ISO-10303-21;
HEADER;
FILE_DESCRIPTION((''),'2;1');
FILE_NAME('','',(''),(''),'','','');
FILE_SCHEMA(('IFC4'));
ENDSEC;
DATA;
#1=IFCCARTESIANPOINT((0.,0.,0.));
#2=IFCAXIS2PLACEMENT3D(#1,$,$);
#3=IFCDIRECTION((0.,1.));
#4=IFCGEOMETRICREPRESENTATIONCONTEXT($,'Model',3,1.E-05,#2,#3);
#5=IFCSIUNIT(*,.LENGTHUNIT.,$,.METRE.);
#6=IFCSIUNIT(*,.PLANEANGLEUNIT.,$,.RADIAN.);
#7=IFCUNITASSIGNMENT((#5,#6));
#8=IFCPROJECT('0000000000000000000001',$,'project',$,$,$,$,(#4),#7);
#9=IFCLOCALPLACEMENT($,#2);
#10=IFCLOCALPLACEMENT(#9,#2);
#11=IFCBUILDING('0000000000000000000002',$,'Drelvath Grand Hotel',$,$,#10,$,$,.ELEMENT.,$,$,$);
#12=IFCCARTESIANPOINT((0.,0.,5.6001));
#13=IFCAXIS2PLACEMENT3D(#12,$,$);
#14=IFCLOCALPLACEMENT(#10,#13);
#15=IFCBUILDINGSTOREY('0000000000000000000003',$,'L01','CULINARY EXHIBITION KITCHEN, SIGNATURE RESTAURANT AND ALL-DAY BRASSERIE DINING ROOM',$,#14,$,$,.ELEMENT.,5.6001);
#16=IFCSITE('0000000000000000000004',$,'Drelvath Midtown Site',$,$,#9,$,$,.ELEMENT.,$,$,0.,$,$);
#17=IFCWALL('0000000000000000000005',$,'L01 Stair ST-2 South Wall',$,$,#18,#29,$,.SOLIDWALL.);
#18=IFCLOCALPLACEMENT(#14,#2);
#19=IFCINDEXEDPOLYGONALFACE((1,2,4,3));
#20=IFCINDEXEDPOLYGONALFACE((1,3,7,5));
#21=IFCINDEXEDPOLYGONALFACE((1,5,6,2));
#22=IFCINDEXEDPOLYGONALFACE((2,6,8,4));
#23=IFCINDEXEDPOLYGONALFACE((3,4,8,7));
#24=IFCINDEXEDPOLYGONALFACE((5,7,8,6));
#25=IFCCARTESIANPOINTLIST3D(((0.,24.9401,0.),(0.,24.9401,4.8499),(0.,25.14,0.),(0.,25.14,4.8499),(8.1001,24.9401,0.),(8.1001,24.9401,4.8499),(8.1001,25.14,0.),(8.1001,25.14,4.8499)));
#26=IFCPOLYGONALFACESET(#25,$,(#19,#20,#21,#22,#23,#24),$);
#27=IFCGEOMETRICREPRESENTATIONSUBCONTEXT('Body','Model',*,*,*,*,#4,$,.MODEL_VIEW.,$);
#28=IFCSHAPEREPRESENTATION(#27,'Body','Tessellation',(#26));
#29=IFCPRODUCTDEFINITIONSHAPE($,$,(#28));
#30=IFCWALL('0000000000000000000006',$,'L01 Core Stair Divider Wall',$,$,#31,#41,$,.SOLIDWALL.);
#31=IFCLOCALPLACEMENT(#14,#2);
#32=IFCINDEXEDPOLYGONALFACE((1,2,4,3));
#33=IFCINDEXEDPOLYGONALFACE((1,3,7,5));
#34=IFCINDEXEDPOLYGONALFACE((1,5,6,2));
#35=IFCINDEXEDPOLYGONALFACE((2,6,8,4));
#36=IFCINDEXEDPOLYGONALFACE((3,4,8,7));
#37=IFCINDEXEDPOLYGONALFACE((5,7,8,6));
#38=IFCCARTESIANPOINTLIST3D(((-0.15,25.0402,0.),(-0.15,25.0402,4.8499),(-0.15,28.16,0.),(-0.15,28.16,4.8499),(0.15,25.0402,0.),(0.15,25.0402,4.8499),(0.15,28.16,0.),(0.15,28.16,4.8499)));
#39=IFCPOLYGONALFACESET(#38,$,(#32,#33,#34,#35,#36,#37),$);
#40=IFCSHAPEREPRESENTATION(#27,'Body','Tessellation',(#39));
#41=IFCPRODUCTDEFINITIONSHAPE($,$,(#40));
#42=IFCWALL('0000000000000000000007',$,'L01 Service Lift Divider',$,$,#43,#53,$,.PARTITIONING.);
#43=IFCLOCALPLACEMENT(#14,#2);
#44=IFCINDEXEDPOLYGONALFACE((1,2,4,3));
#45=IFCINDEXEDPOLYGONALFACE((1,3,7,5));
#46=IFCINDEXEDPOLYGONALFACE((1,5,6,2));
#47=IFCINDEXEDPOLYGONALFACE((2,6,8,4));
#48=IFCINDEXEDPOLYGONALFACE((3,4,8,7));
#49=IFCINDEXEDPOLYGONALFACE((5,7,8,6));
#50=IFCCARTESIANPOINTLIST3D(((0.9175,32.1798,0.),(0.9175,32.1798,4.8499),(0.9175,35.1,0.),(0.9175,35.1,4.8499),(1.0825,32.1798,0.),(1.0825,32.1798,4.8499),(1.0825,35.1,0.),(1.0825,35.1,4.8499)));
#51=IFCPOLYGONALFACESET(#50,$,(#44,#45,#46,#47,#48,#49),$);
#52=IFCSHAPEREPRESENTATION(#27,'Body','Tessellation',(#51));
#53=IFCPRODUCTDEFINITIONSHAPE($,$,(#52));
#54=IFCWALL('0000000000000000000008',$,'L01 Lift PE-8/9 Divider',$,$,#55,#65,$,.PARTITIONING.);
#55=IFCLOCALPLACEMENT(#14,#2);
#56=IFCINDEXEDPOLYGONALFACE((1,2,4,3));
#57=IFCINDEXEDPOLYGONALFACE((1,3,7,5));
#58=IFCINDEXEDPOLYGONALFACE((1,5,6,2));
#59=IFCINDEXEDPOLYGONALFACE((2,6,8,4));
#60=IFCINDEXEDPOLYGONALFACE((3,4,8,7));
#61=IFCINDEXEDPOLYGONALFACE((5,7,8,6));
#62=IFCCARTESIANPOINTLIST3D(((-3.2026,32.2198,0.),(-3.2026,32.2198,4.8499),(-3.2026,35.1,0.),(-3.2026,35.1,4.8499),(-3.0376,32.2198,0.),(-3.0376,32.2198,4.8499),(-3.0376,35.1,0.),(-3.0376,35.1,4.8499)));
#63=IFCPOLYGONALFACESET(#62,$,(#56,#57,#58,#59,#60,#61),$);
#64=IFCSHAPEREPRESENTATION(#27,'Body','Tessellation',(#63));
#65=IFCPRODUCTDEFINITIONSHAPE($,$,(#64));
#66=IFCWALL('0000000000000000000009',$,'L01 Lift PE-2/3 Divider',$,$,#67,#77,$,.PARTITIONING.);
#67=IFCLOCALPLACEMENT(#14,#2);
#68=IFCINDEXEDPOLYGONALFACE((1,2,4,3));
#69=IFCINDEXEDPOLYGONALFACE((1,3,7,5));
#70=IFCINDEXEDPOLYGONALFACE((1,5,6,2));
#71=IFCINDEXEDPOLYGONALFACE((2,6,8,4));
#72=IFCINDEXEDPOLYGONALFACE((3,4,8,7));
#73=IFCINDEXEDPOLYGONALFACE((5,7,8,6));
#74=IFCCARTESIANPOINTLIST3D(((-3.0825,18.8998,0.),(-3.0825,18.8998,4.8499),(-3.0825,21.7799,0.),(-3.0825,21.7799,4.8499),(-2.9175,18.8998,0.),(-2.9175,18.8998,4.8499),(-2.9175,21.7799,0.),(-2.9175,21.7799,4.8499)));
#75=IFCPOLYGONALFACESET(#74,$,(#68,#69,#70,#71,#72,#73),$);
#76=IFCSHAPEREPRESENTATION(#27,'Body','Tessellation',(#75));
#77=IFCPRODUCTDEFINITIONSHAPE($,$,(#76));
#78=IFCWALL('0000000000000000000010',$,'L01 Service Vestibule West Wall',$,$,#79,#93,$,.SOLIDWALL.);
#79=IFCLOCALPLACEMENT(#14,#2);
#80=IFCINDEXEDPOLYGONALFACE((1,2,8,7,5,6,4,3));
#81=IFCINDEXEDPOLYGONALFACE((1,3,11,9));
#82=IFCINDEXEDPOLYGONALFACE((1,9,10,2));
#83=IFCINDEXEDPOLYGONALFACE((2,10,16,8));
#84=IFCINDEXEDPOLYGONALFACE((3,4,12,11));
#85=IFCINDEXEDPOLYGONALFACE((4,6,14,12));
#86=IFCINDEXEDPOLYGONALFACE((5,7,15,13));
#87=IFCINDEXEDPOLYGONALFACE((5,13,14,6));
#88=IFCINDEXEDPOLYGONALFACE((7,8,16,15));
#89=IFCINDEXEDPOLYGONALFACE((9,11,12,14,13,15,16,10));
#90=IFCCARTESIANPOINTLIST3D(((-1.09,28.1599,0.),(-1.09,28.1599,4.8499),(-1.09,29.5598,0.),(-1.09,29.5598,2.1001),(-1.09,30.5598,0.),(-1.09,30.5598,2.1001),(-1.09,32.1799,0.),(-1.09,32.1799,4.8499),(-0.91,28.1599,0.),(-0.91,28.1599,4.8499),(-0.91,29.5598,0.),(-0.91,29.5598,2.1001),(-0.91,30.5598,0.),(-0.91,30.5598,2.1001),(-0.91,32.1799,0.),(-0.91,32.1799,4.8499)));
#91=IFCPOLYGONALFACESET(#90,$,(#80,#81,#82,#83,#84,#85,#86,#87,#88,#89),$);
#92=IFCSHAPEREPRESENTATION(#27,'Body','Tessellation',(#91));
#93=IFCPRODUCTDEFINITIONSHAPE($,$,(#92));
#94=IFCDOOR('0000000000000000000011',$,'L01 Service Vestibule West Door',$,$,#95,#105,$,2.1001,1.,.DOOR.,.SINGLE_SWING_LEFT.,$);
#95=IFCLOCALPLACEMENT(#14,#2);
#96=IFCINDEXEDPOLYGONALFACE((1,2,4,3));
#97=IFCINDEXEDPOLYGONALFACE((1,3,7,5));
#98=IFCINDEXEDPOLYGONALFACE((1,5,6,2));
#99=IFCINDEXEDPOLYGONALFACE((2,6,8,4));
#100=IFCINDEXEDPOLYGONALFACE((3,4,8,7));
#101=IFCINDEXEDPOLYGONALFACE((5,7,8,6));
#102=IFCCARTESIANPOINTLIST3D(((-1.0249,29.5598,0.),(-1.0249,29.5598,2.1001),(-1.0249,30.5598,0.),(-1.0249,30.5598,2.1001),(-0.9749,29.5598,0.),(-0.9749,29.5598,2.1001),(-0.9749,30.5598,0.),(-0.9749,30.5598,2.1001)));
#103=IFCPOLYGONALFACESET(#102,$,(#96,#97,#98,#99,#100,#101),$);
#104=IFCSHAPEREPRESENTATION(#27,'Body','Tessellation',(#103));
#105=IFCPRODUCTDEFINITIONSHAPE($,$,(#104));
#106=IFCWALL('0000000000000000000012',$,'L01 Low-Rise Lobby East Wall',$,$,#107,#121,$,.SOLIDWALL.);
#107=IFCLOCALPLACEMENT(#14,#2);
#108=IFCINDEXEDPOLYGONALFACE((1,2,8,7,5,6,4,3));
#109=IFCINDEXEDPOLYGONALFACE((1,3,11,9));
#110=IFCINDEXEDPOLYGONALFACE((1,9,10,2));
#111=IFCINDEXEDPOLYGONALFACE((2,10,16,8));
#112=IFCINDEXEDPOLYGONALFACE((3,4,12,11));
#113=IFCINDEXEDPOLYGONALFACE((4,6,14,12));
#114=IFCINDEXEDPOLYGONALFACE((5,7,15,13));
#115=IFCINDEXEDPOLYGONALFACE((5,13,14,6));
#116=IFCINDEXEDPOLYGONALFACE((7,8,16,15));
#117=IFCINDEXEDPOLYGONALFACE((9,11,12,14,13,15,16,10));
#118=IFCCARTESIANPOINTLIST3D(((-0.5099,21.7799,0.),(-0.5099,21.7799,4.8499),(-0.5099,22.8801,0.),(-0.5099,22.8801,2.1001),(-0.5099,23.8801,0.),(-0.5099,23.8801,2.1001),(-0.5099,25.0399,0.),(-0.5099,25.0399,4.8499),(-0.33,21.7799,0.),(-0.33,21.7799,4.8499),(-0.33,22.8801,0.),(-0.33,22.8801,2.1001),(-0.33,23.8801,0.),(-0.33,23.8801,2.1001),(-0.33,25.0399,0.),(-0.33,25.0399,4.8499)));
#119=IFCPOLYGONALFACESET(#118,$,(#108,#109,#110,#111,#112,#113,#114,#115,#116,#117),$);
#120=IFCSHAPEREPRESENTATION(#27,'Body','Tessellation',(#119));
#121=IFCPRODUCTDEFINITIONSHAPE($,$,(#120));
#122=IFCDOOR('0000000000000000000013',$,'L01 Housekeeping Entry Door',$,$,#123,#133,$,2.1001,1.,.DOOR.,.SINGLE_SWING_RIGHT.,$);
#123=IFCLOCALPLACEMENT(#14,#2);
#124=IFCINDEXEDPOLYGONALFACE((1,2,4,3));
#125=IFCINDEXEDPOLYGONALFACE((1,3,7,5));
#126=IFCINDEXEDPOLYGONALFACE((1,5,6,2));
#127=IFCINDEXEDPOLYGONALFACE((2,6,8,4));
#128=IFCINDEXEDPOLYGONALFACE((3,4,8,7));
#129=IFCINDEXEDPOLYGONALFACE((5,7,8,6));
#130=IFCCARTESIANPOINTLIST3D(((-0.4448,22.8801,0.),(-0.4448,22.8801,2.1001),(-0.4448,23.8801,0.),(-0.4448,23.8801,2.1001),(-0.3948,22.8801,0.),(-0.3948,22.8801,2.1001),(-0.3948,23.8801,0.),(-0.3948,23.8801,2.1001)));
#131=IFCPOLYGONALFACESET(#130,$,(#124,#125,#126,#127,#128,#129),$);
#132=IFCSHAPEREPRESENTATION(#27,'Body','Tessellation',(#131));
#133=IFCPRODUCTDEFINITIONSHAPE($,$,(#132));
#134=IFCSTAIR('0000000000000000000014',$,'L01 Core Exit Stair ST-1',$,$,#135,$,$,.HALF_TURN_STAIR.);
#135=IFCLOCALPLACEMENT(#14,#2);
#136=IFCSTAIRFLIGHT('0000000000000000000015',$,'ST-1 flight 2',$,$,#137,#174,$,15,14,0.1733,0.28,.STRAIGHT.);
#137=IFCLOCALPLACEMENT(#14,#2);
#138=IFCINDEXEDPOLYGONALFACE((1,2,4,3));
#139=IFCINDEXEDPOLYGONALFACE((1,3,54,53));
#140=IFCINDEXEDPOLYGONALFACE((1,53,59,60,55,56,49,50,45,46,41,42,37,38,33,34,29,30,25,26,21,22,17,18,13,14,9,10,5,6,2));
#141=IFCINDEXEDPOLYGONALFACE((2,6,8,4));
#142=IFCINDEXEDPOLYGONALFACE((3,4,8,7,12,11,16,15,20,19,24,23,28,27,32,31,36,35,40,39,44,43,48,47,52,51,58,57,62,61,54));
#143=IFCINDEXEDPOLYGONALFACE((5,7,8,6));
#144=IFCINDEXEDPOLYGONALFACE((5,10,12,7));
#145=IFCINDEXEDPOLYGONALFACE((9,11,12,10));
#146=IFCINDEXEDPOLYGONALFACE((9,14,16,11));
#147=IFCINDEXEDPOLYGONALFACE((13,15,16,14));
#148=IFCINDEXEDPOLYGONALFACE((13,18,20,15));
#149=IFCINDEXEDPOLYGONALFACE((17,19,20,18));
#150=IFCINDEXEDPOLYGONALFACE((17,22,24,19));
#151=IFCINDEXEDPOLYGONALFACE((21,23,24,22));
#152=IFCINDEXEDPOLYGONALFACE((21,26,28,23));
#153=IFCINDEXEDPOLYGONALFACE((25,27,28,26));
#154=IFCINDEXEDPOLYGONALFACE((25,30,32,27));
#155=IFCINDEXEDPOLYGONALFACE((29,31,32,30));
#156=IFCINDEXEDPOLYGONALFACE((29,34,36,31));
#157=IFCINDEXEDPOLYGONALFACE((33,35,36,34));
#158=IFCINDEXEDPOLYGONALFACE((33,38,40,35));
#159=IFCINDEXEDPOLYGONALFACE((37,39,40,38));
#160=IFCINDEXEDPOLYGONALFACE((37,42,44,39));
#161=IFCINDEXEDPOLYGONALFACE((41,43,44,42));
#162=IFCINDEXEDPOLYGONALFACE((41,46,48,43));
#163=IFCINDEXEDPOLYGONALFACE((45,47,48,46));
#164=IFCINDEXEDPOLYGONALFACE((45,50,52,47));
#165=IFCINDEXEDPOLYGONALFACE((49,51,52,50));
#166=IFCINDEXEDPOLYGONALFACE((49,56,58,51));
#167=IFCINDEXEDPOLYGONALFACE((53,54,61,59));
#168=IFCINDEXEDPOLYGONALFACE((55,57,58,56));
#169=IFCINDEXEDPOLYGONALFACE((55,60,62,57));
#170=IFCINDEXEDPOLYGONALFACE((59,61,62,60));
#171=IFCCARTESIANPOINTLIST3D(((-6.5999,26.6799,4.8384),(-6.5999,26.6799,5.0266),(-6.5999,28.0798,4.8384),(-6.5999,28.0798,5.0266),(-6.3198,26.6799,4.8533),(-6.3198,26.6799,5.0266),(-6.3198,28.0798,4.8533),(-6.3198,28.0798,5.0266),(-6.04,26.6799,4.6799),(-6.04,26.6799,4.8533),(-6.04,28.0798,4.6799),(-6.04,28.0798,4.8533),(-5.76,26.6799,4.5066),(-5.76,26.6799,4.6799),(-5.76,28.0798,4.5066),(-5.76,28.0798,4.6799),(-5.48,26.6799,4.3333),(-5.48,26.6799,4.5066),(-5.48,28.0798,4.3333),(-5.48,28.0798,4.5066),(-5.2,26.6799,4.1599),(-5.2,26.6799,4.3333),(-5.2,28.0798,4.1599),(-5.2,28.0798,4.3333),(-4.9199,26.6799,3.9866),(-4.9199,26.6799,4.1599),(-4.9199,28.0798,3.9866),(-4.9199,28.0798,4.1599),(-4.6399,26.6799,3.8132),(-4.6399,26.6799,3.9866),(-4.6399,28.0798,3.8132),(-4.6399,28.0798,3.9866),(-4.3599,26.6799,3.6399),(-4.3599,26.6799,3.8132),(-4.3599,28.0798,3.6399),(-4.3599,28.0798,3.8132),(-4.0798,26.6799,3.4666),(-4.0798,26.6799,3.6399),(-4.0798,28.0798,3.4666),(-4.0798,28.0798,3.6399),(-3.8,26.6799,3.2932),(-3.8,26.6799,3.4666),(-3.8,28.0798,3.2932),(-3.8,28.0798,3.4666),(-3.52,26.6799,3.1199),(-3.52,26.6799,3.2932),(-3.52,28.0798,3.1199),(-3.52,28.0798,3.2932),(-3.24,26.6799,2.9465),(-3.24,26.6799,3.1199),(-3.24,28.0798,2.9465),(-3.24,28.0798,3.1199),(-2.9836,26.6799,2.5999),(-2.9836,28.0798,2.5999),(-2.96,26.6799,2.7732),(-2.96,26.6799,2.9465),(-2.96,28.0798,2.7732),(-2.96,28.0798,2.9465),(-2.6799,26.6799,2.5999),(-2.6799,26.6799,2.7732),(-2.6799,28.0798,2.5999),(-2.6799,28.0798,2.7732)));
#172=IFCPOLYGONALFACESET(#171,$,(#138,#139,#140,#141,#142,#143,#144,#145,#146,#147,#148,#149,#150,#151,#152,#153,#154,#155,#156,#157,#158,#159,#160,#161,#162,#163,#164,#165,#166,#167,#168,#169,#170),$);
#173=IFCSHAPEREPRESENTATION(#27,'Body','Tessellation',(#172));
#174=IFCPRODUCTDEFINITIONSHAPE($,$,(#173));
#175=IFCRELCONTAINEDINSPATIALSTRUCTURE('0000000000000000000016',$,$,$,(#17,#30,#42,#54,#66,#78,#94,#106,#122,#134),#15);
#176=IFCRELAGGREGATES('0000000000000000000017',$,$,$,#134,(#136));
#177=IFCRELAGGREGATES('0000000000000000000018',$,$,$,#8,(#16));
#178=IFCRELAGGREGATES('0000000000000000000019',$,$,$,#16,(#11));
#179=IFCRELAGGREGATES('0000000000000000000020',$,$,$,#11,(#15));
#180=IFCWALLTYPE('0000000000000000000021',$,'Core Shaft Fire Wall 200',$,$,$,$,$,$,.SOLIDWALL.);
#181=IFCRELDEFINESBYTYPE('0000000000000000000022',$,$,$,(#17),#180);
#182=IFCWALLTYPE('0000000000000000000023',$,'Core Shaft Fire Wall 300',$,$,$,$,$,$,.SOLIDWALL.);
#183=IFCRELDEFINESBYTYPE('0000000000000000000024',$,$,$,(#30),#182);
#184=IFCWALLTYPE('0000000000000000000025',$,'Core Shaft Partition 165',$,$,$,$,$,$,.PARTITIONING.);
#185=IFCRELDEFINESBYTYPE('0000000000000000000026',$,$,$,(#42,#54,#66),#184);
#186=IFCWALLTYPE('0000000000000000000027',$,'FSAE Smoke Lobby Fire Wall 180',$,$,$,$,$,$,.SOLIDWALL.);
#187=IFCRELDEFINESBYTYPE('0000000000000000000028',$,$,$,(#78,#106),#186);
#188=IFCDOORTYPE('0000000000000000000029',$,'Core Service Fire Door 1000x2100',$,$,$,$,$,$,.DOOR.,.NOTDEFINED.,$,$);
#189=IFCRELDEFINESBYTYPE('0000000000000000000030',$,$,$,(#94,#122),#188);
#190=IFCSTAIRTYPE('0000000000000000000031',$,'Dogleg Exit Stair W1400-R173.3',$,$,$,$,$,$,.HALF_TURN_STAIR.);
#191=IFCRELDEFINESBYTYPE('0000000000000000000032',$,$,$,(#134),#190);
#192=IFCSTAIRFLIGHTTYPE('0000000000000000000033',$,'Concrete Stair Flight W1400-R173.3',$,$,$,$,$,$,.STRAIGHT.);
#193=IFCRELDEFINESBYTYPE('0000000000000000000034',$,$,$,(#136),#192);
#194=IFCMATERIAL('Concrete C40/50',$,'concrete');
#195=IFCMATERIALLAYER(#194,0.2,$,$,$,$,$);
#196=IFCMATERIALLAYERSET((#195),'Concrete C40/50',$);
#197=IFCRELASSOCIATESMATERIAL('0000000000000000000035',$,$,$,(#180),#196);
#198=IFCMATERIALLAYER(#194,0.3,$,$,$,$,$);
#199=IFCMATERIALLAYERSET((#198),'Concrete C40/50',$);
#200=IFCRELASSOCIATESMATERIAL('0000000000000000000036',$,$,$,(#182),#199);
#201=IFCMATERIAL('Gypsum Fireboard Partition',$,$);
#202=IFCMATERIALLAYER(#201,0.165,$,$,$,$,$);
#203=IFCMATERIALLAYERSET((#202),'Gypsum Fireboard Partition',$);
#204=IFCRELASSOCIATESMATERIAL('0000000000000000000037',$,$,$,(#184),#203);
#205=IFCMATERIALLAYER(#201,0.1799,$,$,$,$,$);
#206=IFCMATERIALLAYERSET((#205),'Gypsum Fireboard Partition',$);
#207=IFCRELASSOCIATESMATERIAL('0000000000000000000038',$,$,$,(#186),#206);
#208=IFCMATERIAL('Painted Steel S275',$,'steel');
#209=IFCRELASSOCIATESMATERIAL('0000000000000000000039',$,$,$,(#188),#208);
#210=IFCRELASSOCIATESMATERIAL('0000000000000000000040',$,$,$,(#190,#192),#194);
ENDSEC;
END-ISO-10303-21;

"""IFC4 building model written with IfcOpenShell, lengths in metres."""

from ifc_helpers import new_model, si_unit, direction, frame, frame_2d, origin, place, context, subcontext, project, spatial, polyline, rectangle, outline, extrude, material, layer, layer_set, type_object, element, fill, aggregate, save


model = new_model("IFC4")

# Units and contexts
model_context = context("Model", 3, precision=1e-05, world=origin(), true_north=direction((0.0, 1.0)))
body_context = subcontext(model_context, "Body", "Model", "MODEL_VIEW")
ifc_project = project(units=[si_unit("LENGTHUNIT", "METRE"), si_unit("PLANEANGLEUNIT", "RADIAN")], contexts=[model_context])

# Site, building, storey
site_placement = place(None, origin())
site = spatial("IfcSite", under=ifc_project, at=site_placement, Name="Drelvath Midtown Site", CompositionType="ELEMENT", RefElevation=0.0)
building_placement = place(site_placement, origin())
building = spatial("IfcBuilding", under=site, at=building_placement, Name="Drelvath Grand Hotel", CompositionType="ELEMENT")
storey_placement = place(building_placement, frame((0.0, 0.0, 5.6001)))
storey = spatial("IfcBuildingStorey", under=building, at=storey_placement, Name="L01", Description="CULINARY EXHIBITION KITCHEN, SIGNATURE RESTAURANT AND ALL-DAY BRASSERIE DINING ROOM", CompositionType="ELEMENT", Elevation=5.6001)

# Shared definitions
ifc_material_1 = material(Name="Concrete C40/50", Category="concrete")

# Walls
ifc_layer_1 = layer(ifc_material_1, 0.2)
ifc_layer_set_1 = layer_set([ifc_layer_1], Name="Concrete C40/50")
wall_type_1 = type_object("IfcWallType", Name="Core Shaft Fire Wall 200", PredefinedType="SOLIDWALL", material=ifc_layer_set_1)
wall_1_placement = place(storey_placement, frame((0.0, 25.04, 0.0), z_axis=(0.0, 0.0, 1.0), x_axis=(1.0, 0.0, 0.0)))
element("IfcWall", 1, at=wall_1_placement, inside=storey, type_object=wall_type_1, Name="L01 Stair ST-2 South Wall", PredefinedType="SOLIDWALL", context=body_context, shape_type="SweptSolid", body=[
    extrude(rectangle(XDim=8.1001, YDim=0.2, at=frame_2d((4.05, 0.0))), origin(), (0.0, 0.0, 1.0), 4.8499),
])
ifc_layer_2 = layer(ifc_material_1, 0.3)
ifc_layer_set_2 = layer_set([ifc_layer_2], Name="Concrete C40/50")
wall_type_2 = type_object("IfcWallType", Name="Core Shaft Fire Wall 300", PredefinedType="SOLIDWALL", material=ifc_layer_set_2)
wall_2_placement = place(storey_placement, frame((0.0, 25.04, 0.0), z_axis=(0.0, 0.0, 1.0), x_axis=(0.0, 1.0, 0.0)))
element("IfcWall", 2, at=wall_2_placement, inside=storey, type_object=wall_type_2, Name="L01 Core Stair Divider Wall", PredefinedType="SOLIDWALL", context=body_context, shape_type="SweptSolid", body=[
    extrude(rectangle(XDim=3.1199, YDim=0.3, at=frame_2d((1.5601, 0.0))), origin(), (0.0, 0.0, 1.0), 4.8499),
])
ifc_material_2 = material(Name="Gypsum Fireboard Partition")
ifc_layer_3 = layer(ifc_material_2, 0.165)
ifc_layer_set_3 = layer_set([ifc_layer_3], Name="Gypsum Fireboard Partition")
wall_type_3 = type_object("IfcWallType", Name="Core Shaft Partition 165", PredefinedType="PARTITIONING", material=ifc_layer_set_3)
wall_3_placement = place(storey_placement, frame((1.0, 32.1799, 0.0), z_axis=(0.0, 0.0, 1.0), x_axis=(0.0, 1.0, 0.0)))
element("IfcWall", 3, at=wall_3_placement, inside=storey, type_object=wall_type_3, Name="L01 Service Lift Divider", PredefinedType="PARTITIONING", context=body_context, shape_type="SweptSolid", body=[
    extrude(rectangle(XDim=2.9202, YDim=0.165, at=frame_2d((1.46, 0.0))), origin(), (0.0, 0.0, 1.0), 4.8499),
])
for number, where, z_axis, x_axis, name in (
    (4, (-3.1201, 32.22, 0.0), (0.0, 0.0, 1.0), (0.0, 1.0, 0.0), "L01 Lift PE-8/9 Divider"),
    (5, (-3.0, 18.8999, 0.0), (0.0, 0.0, 1.0), (0.0, 1.0, 0.0), "L01 Lift PE-2/3 Divider"),
):
    element("IfcWall", number, at=place(storey_placement, frame(where, z_axis=z_axis, x_axis=x_axis)), inside=storey, type_object=wall_type_3, Name=name, PredefinedType="PARTITIONING", context=body_context, shape_type="SweptSolid", body=[
        extrude(rectangle(XDim=2.8801, YDim=0.165, at=frame_2d((1.4399, 0.0))), origin(), (0.0, 0.0, 1.0), 4.8499),
    ])

# Walls, openings, doors
ifc_layer_4 = layer(ifc_material_2, 0.1799)
ifc_layer_set_4 = layer_set([ifc_layer_4], Name="Gypsum Fireboard Partition")
wall_type_4 = type_object("IfcWallType", Name="FSAE Smoke Lobby Fire Wall 180", PredefinedType="SOLIDWALL", material=ifc_layer_set_4)
wall_4_placement = place(storey_placement, frame((-1.0, 28.1599, 0.0), z_axis=(0.0, 0.0, 1.0), x_axis=(0.0, 1.0, 0.0)))
wall_4 = element("IfcWall", 6, at=wall_4_placement, inside=storey, type_object=wall_type_4, Name="L01 Service Vestibule West Wall", PredefinedType="SOLIDWALL", context=body_context, shape_type="SweptSolid", body=[
    extrude(rectangle(XDim=4.02, YDim=0.1799, at=frame_2d((2.01, 0.0))), origin(), (0.0, 0.0, 1.0), 4.8499),
])
opening_1_placement = place(wall_4_placement, frame((1.3999, 0.0, 0.0)))
opening_1 = element("IfcOpeningElement", 7, at=opening_1_placement, cuts=wall_4, PredefinedType="OPENING", context=body_context, shape_type="SweptSolid", body=[
    extrude(rectangle(XDim=1.0, YDim=2.1001, at=frame_2d((0.5, 1.05))), frame((0.0, 0.0999, 0.0), z_axis=(0.0, -1.0, 0.0), x_axis=(1.0, 0.0, 0.0)), (0.0, 0.0, 1.0), 0.2),
])
ifc_material_3 = material(Name="Painted Steel S275", Category="steel")
door_type_1 = type_object("IfcDoorType", Name="Core Service Fire Door 1000x2100", OperationType="NOTDEFINED", PredefinedType="DOOR", material=ifc_material_3)
door_1_placement = place(opening_1_placement, origin())
door_1 = element("IfcDoor", 8, at=door_1_placement, inside=storey, type_object=door_type_1, Name="L01 Service Vestibule West Door", OperationType="SINGLE_SWING_LEFT", OverallHeight=2.1001, OverallWidth=1.0, PredefinedType="DOOR", context=body_context, shape_type="SweptSolid", body=[
    extrude(rectangle(XDim=1.0, YDim=2.1001, at=frame_2d((0.5, 1.05))), frame((0.0, 0.0249, 0.0), z_axis=(0.0, -1.0, 0.0), x_axis=(1.0, 0.0, 0.0)), (0.0, 0.0, 1.0), 0.05),
])
fill(opening_1, door_1)
wall_5_placement = place(storey_placement, frame((-0.4199, 21.78, 0.0), z_axis=(0.0, 0.0, 1.0), x_axis=(0.0, 1.0, 0.0)))
wall_5 = element("IfcWall", 9, at=wall_5_placement, inside=storey, type_object=wall_type_4, Name="L01 Low-Rise Lobby East Wall", PredefinedType="SOLIDWALL", context=body_context, shape_type="SweptSolid", body=[
    extrude(rectangle(XDim=3.26, YDim=0.1799, at=frame_2d((1.6299, 0.0))), origin(), (0.0, 0.0, 1.0), 4.8499),
])
opening_2_placement = place(wall_5_placement, frame((1.1001, 0.0, 0.0)))
opening_2 = element("IfcOpeningElement", 10, at=opening_2_placement, cuts=wall_5, PredefinedType="OPENING", context=body_context, shape_type="SweptSolid", body=[
    extrude(rectangle(XDim=1.0, YDim=2.1001, at=frame_2d((0.5, 1.05))), frame((0.0, 0.0999, 0.0), z_axis=(0.0, -1.0, 0.0), x_axis=(1.0, 0.0, 0.0)), (0.0, 0.0, 1.0), 0.2),
])
door_2_placement = place(opening_2_placement, origin())
door_2 = element("IfcDoor", 11, at=door_2_placement, inside=storey, type_object=door_type_1, Name="L01 Housekeeping Entry Door", OperationType="SINGLE_SWING_RIGHT", OverallHeight=2.1001, OverallWidth=1.0, PredefinedType="DOOR", context=body_context, shape_type="SweptSolid", body=[
    extrude(rectangle(XDim=1.0, YDim=2.1001, at=frame_2d((0.5, 1.05))), frame((0.0, 0.0249, 0.0), z_axis=(0.0, -1.0, 0.0), x_axis=(1.0, 0.0, 0.0)), (0.0, 0.0, 1.0), 0.05),
])
fill(opening_2, door_2)

# Stair, stair flight
stair_type = type_object("IfcStairType", Name="Dogleg Exit Stair W1400-R173.3", PredefinedType="HALF_TURN_STAIR", material=ifc_material_1)
stair_placement = place(storey_placement, origin())
stair = element("IfcStair", 12, at=stair_placement, inside=storey, type_object=stair_type, Name="L01 Core Exit Stair ST-1", PredefinedType="HALF_TURN_STAIR")
stair_flight_type = type_object("IfcStairFlightType", Name="Concrete Stair Flight W1400-R173.3", PredefinedType="STRAIGHT", material=ifc_material_1)
stair_flight_placement = place(storey_placement, frame((-2.6799, 27.3799, 2.5999), z_axis=(0.0, 0.0, 1.0), x_axis=(-1.0, 0.0, 0.0)))
stair_flight = element("IfcStairFlight", 13, at=stair_flight_placement, type_object=stair_flight_type, Name="ST-1 flight 2", NumberOfRisers=15, NumberOfTreads=14, PredefinedType="STRAIGHT", RiserHeight=0.1733, TreadLength=0.28, context=body_context, shape_type="SweptSolid", body=[
    extrude(outline(polyline([(0.0, 0.0), (0.0, 0.1733), (0.28, 0.1733), (0.28, 0.3467), (0.5601, 0.3467), (0.5601, 0.52), (0.8401, 0.52), (0.8401, 0.6934), (1.1201, 0.6934), (1.1201, 0.8667), (1.3999, 0.8667), (1.3999, 1.04), (1.6799, 1.04), (1.6799, 1.2134), (1.96, 1.2134), (1.96, 1.3867), (2.24, 1.3867), (2.24, 1.5601), (2.52, 1.5601), (2.52, 1.7334), (2.8, 1.7334), (2.8, 1.9067), (3.0801, 1.9067), (3.0801, 2.0801), (3.3601, 2.0801), (3.3601, 2.2534), (3.6399, 2.2534), (3.6399, 2.4268), (3.9199, 2.4268), (3.9199, 2.6001), (3.9199, 2.2385), (0.3037, 0.0), (0.0, 0.0)])), frame((0.0, 0.7, 0.0), z_axis=(0.0, -1.0, 0.0), x_axis=(1.0, 0.0, 0.0)), (0.0, 0.0, 1.0), 1.3999),
])
aggregate(stair, [stair_flight])

save(model, "model.ifc")
